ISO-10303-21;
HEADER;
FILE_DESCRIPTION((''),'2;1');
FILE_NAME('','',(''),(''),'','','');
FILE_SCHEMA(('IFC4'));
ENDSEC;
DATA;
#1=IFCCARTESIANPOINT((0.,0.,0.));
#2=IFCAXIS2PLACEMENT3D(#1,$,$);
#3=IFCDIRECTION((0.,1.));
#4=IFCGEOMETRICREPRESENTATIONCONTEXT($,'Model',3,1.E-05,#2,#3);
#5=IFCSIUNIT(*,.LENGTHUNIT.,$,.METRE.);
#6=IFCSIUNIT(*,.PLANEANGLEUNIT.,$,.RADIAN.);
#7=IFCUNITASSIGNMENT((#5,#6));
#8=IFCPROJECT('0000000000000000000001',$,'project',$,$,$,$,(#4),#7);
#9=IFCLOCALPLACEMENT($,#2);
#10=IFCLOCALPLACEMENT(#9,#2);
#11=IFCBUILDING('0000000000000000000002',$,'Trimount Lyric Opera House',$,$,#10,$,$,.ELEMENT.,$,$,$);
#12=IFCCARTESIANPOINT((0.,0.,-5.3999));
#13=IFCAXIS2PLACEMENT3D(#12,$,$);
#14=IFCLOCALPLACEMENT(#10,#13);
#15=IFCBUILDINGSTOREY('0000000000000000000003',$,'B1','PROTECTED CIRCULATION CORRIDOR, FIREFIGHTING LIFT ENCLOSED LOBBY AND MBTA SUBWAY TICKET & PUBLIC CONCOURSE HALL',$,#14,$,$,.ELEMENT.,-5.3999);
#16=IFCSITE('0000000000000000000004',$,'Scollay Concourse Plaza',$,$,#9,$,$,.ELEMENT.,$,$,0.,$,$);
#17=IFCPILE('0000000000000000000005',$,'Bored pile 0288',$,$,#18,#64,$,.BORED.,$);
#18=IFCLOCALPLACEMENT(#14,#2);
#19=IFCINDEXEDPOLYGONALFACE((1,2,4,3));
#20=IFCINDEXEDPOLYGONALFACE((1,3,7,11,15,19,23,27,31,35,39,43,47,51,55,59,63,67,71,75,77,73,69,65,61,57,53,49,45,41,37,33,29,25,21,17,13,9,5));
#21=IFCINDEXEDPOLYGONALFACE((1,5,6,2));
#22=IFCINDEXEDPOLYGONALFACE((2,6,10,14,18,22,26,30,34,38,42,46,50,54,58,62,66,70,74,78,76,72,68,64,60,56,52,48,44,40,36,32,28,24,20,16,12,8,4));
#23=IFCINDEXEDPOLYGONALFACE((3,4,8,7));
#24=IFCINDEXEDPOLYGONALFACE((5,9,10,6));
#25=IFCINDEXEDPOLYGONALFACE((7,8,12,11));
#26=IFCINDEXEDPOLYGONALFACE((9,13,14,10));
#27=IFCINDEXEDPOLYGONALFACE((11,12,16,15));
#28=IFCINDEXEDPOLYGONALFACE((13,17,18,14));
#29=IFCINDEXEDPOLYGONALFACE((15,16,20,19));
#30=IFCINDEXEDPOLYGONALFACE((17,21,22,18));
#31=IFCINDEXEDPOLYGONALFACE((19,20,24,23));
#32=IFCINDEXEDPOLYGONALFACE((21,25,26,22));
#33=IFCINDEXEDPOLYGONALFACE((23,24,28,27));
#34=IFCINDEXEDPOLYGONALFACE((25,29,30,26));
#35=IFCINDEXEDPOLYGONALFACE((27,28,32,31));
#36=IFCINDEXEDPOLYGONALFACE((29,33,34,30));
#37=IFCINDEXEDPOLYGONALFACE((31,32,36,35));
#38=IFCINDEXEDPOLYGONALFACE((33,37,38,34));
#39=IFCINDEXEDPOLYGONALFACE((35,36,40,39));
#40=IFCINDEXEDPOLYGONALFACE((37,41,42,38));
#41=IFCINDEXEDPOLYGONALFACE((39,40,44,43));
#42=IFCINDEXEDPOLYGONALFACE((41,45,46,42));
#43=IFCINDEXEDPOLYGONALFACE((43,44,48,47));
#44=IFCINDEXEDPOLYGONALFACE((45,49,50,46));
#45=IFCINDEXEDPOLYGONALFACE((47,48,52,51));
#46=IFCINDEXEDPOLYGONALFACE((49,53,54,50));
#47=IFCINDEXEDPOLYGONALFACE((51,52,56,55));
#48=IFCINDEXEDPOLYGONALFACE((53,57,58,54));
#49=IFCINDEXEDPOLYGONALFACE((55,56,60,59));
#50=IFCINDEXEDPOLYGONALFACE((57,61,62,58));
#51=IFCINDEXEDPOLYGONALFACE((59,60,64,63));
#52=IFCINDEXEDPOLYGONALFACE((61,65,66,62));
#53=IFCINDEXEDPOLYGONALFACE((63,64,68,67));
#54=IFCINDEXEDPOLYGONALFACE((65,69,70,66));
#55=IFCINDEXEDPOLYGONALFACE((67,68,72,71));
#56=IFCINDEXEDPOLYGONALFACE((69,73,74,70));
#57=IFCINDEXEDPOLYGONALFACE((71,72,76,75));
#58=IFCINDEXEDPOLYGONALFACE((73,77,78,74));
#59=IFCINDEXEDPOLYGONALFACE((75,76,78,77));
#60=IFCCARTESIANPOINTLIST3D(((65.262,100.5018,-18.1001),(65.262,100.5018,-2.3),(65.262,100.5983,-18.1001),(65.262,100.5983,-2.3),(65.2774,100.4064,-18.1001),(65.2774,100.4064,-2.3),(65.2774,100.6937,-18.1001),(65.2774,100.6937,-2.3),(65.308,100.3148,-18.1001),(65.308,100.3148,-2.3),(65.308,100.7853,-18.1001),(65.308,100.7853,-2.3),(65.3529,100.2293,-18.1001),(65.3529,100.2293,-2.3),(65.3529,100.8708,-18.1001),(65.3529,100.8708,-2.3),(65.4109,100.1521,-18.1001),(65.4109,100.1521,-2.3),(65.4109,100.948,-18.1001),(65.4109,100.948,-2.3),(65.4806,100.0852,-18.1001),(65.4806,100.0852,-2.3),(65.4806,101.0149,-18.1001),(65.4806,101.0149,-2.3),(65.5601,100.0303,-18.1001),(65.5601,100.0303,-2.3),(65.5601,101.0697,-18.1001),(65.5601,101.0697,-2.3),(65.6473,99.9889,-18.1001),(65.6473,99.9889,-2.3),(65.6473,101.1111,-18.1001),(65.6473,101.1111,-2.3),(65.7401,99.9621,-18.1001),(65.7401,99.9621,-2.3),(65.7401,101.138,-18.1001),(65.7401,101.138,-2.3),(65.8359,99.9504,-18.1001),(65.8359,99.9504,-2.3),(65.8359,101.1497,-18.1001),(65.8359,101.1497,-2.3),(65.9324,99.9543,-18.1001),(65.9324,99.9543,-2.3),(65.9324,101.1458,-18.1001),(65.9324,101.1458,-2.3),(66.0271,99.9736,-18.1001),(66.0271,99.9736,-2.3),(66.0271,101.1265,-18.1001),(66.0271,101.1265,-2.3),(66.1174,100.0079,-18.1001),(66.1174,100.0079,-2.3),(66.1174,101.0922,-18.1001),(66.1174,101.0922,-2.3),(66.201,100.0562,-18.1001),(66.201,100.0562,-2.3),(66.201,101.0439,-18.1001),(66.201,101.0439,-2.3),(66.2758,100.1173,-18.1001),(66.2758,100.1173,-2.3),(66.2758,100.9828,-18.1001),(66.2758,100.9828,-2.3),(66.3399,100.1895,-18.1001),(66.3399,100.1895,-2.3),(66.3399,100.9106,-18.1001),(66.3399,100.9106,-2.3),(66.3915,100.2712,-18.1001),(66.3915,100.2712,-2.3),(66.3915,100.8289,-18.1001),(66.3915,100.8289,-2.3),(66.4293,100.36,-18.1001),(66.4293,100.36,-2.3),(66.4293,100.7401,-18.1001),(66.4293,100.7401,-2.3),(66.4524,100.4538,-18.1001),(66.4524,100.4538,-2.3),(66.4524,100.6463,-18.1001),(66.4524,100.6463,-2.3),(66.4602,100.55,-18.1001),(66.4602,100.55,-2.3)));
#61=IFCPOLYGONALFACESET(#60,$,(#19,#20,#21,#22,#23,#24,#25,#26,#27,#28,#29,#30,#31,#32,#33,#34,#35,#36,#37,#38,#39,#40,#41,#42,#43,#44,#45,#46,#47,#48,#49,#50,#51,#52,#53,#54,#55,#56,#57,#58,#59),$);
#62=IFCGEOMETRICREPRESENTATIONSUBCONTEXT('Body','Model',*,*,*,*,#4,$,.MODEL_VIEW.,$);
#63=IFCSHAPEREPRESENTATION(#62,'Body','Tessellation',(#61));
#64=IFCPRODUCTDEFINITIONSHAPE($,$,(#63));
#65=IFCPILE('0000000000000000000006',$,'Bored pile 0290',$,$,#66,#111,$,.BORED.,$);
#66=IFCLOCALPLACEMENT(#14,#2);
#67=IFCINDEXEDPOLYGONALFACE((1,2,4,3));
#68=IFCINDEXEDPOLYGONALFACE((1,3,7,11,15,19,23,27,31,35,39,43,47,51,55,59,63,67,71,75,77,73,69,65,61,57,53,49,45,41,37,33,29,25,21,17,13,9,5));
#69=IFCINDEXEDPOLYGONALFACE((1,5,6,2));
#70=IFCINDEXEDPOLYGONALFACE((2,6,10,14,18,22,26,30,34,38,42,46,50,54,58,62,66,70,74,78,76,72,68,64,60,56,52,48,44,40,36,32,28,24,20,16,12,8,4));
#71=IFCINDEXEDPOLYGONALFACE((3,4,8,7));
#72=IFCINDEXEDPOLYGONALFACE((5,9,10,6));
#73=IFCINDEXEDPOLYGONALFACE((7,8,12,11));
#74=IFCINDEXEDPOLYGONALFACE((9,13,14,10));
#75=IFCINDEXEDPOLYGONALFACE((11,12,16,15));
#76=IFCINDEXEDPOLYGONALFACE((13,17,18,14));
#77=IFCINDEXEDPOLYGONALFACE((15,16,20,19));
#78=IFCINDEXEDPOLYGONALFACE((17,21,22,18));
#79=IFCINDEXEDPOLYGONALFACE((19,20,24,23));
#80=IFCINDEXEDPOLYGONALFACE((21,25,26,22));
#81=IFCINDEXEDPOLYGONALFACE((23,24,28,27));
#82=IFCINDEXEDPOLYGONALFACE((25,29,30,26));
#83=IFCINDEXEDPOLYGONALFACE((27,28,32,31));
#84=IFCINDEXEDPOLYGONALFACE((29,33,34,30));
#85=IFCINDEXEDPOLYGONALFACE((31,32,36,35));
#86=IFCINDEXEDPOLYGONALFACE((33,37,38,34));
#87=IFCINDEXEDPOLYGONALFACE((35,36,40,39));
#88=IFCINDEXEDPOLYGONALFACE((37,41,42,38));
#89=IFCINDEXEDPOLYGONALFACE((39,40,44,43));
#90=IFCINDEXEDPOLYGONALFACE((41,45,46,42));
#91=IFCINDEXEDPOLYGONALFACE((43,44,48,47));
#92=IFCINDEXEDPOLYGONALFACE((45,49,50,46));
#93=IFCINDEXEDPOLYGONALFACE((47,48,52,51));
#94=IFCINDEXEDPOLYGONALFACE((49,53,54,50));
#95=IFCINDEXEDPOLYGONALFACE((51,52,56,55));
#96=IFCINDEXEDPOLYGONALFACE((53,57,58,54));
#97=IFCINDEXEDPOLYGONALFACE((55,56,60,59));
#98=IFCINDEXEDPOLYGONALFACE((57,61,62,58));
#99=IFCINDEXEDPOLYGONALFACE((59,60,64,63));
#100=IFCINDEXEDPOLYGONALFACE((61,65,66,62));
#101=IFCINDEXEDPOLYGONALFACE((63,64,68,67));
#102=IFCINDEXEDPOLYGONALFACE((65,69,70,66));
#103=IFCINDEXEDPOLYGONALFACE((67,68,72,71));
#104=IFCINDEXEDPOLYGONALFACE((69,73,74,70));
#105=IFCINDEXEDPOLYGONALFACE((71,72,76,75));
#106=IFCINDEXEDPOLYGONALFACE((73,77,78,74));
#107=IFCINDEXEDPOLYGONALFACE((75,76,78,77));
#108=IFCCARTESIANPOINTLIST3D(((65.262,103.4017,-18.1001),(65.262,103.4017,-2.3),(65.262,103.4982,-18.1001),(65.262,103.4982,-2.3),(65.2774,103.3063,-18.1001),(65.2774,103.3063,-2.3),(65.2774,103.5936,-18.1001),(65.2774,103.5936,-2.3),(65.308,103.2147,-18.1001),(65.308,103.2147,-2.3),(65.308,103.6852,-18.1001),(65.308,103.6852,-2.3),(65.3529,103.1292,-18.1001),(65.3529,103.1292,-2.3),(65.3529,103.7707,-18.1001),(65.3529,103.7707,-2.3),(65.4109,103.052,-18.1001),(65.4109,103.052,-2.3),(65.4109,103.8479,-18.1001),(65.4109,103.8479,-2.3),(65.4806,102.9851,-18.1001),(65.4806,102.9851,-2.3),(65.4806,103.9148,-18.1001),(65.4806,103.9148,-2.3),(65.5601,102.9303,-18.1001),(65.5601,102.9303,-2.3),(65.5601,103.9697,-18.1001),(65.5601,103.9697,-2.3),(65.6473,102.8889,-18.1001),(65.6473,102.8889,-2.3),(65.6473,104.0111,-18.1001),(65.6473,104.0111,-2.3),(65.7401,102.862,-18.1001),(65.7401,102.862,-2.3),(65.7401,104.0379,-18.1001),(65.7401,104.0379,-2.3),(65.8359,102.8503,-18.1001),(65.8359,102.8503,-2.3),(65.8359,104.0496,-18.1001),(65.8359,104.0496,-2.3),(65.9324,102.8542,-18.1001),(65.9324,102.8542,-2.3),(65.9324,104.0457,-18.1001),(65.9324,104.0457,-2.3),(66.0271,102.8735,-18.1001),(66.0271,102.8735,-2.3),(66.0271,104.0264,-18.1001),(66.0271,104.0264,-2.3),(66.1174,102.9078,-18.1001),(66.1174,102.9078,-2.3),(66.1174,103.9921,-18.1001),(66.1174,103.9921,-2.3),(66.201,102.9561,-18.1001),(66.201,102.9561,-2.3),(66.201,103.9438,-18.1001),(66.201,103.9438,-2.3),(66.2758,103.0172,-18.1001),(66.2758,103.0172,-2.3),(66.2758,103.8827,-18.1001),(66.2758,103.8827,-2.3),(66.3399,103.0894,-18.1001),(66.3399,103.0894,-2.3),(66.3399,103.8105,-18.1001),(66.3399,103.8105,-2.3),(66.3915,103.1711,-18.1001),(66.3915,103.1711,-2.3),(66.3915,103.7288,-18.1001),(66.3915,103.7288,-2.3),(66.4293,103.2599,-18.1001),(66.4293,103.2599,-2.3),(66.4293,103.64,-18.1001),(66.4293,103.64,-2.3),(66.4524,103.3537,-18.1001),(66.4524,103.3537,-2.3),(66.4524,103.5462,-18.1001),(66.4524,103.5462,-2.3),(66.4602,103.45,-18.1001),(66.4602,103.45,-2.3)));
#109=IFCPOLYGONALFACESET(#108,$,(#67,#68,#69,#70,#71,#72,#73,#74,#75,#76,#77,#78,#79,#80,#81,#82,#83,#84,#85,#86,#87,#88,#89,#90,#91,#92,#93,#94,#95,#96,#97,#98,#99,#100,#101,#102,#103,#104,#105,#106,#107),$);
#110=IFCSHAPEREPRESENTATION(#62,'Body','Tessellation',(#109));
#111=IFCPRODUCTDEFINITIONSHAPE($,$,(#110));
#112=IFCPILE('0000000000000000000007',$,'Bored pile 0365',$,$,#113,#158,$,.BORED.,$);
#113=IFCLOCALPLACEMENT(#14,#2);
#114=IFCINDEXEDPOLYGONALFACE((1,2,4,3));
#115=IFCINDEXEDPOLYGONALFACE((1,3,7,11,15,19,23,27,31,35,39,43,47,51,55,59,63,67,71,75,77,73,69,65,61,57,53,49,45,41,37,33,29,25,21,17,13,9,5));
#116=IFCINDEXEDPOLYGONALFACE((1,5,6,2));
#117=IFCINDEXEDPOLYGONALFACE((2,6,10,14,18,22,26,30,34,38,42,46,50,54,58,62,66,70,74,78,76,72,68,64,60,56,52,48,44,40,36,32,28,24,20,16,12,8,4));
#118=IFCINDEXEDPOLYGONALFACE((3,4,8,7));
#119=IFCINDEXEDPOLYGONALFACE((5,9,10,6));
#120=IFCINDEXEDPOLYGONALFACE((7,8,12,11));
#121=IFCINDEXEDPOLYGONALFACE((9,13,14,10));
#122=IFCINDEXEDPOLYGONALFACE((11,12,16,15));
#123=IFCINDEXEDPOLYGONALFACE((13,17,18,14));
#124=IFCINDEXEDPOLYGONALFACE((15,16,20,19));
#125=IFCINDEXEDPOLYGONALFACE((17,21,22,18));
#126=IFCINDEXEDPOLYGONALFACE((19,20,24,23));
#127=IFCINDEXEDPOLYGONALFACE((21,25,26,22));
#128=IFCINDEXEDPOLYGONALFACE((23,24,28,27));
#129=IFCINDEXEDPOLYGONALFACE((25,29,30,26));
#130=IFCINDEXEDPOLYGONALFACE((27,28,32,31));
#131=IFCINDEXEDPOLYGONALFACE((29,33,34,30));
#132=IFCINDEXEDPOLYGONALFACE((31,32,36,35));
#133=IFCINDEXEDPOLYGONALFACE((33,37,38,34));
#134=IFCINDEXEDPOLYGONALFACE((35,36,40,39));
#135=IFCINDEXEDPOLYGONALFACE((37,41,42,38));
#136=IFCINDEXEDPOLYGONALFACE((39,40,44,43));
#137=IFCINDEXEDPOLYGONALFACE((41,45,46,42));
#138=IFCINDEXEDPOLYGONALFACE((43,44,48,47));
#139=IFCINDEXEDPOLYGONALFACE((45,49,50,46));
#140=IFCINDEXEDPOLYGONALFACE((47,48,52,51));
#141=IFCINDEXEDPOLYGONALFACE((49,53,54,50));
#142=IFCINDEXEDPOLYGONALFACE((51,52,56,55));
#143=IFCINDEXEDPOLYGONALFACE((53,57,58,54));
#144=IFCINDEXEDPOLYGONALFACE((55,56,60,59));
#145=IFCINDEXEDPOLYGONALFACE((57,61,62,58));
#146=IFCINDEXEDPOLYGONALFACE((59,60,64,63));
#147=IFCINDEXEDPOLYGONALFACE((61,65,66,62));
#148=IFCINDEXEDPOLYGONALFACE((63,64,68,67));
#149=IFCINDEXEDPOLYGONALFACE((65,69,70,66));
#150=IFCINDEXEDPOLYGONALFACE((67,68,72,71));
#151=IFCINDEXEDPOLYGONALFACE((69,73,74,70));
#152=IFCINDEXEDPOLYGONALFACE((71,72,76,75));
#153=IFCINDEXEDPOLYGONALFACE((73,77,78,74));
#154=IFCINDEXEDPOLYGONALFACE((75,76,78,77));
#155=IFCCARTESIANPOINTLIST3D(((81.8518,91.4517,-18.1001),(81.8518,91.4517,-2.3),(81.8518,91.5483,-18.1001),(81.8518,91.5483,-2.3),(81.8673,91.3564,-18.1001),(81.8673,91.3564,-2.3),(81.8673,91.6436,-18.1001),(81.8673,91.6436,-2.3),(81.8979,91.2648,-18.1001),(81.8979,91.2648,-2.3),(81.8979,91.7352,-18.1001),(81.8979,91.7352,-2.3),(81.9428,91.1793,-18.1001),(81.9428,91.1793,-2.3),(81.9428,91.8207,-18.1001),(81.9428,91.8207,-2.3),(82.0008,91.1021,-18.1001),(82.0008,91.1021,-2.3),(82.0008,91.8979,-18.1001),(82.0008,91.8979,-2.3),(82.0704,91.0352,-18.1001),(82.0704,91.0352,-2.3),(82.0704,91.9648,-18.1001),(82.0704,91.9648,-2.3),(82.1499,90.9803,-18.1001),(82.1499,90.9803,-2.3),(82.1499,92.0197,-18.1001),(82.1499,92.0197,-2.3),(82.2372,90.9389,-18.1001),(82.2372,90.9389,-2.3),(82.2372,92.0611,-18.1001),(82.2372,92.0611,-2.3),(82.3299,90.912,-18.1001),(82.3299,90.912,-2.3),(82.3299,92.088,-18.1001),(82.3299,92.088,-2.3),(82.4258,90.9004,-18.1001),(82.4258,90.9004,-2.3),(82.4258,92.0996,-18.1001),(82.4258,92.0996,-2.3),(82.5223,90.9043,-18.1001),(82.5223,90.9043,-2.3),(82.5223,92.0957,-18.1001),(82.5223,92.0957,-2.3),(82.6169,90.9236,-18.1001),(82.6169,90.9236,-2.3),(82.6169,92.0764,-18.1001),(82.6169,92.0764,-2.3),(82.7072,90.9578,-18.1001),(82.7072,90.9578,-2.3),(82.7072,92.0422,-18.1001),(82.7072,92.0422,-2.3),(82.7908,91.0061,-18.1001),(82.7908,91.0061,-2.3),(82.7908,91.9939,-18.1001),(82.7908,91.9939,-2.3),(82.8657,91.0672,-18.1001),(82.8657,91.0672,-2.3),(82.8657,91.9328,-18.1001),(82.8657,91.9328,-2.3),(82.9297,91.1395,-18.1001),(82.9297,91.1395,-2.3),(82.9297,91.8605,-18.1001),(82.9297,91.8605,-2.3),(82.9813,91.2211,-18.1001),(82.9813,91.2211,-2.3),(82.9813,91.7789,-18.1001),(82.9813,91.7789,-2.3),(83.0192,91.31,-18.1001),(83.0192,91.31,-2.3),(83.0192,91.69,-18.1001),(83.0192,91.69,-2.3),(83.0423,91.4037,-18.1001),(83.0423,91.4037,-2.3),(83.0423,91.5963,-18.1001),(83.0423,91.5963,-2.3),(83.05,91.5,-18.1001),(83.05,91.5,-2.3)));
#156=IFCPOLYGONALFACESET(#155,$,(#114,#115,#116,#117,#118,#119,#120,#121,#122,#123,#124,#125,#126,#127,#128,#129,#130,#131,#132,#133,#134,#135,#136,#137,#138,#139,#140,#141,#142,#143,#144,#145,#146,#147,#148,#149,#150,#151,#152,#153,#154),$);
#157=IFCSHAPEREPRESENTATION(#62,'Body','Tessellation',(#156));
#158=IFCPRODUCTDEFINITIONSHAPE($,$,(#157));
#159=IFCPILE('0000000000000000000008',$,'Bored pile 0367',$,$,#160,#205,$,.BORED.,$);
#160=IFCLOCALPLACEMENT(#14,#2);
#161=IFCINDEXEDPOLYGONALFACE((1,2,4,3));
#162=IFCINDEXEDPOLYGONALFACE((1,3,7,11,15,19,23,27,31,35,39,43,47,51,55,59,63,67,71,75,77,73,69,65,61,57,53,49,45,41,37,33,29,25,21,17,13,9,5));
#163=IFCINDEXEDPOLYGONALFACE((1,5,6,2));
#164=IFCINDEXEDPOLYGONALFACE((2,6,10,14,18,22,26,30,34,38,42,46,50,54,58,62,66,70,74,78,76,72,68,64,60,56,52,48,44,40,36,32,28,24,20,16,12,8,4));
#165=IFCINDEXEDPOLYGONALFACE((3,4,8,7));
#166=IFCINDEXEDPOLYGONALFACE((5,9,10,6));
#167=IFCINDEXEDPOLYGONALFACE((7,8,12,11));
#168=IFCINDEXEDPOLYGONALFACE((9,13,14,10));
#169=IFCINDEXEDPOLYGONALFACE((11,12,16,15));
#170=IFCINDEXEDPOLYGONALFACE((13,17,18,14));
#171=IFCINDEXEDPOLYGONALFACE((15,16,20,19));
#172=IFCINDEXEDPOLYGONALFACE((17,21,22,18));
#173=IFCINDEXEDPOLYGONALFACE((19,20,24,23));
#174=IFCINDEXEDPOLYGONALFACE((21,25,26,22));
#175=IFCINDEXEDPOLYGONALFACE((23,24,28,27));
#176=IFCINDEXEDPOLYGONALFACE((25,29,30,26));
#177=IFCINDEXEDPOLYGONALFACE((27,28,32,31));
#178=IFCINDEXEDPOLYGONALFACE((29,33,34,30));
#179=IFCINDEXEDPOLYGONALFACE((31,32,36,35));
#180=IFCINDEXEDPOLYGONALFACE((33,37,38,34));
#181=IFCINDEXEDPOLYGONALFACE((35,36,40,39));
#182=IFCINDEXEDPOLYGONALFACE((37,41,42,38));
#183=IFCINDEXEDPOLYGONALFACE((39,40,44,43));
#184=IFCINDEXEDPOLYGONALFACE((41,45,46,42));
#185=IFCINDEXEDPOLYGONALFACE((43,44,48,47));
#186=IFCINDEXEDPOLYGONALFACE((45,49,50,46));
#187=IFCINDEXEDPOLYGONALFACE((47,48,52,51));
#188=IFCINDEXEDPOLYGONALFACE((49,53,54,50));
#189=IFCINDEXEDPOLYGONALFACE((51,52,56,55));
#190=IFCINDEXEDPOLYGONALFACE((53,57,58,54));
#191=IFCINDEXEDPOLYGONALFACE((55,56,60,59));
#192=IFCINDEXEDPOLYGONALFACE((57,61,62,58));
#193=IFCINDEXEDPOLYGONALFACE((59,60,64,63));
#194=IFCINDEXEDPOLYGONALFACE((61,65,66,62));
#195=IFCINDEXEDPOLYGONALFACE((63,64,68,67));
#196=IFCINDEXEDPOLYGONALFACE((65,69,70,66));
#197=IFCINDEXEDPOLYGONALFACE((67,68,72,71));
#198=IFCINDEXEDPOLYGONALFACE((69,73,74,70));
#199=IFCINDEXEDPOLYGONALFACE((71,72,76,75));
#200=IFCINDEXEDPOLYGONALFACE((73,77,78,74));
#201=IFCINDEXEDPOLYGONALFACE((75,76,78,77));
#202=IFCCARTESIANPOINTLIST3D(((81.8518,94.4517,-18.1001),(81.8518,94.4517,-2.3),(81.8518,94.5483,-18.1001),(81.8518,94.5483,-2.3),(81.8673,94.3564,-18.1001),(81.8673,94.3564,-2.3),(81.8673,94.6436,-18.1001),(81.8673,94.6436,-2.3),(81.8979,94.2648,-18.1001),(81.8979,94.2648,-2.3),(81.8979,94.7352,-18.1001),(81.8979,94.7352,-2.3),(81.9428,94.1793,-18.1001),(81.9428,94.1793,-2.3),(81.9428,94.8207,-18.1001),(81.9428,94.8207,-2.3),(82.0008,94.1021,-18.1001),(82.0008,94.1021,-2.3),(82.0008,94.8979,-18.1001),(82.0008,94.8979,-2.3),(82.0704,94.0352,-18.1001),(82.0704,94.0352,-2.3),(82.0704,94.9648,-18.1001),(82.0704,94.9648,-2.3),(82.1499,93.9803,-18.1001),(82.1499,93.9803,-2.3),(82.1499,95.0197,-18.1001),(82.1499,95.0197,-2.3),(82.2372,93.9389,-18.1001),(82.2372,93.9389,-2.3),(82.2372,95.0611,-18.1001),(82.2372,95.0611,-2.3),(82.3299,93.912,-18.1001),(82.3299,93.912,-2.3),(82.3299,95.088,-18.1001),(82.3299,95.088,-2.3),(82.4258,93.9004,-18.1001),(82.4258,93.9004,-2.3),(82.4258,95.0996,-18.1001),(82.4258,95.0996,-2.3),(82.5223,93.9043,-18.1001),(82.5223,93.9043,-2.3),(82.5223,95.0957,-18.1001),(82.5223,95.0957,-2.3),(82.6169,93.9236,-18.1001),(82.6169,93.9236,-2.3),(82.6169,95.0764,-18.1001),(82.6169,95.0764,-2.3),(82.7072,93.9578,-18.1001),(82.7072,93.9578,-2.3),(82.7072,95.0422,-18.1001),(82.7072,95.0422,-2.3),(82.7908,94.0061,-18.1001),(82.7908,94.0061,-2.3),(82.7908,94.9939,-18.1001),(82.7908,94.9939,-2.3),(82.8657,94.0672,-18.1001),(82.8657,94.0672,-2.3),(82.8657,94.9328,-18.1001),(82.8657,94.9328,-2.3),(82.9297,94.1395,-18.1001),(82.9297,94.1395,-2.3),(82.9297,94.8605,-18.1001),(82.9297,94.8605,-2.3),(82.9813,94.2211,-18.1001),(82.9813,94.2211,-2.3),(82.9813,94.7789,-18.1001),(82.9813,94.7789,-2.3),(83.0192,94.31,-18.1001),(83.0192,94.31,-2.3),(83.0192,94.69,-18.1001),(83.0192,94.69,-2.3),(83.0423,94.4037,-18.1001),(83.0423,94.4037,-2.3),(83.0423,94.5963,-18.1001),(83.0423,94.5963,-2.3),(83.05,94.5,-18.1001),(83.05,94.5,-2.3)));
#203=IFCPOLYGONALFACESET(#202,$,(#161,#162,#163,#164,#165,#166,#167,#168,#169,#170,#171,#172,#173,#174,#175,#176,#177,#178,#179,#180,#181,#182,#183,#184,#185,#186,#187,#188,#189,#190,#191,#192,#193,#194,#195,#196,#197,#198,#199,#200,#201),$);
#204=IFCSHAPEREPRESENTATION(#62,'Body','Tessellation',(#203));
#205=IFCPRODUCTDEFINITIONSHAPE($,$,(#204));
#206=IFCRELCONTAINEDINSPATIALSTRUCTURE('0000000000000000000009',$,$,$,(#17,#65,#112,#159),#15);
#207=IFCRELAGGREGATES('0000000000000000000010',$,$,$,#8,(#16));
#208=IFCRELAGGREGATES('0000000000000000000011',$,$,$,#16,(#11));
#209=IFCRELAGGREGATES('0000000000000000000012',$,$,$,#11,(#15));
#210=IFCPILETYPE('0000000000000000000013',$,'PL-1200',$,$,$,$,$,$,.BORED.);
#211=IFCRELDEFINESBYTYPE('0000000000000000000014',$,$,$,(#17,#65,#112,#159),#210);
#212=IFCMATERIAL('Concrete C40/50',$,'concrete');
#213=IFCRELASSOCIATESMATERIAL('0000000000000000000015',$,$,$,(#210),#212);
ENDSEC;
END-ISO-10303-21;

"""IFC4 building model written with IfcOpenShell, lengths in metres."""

from ifc_helpers import new_model, si_unit, direction, frame, origin, origin_2d, place, context, subcontext, project, spatial, circle, extrude, material, material_profile, profile_set, type_object, element, save


model = new_model("IFC4")

# Units and contexts
model_context = context("Model", 3, precision=1e-05, world=origin(), true_north=direction((0.0, 1.0)))
body_context = subcontext(model_context, "Body", "Model", "MODEL_VIEW")
ifc_project = project(units=[si_unit("LENGTHUNIT", "METRE"), si_unit("PLANEANGLEUNIT", "RADIAN")], contexts=[model_context])

# Site, building, storey
site_placement = place(None, origin())
site = spatial("IfcSite", under=ifc_project, at=site_placement, Name="Scollay Concourse Plaza", CompositionType="ELEMENT", RefElevation=0.0)
building_placement = place(site_placement, origin())
building = spatial("IfcBuilding", under=site, at=building_placement, Name="Trimount Lyric Opera House", CompositionType="ELEMENT")
storey_placement = place(building_placement, frame((0.0, 0.0, -5.3999)))
storey = spatial("IfcBuildingStorey", under=building, at=storey_placement, Name="B1", Description="PROTECTED CIRCULATION CORRIDOR, FIREFIGHTING LIFT ENCLOSED LOBBY AND MBTA SUBWAY TICKET & PUBLIC CONCOURSE HALL", CompositionType="ELEMENT", Elevation=-5.3999)

# Piles
ifc_material_1 = material(Name="Concrete C40/50", Category="concrete")
ifc_material_profile_1 = material_profile(ifc_material_1, circle(Radius=0.6001, at=origin_2d()), Name="PILE-D1200")
ifc_profile_set_1 = profile_set([ifc_material_profile_1], Name="Concrete C40/50")
pile_type_1 = type_object("IfcPileType", Name="PL-1200", PredefinedType="BORED", material=ifc_profile_set_1)
for number, where, z_axis, x_axis, name in (
    (1, (65.8601, 100.55, -2.3), (0.0, 0.0, -1.0), (1.0, 0.0, 0.0), "Bored pile 0288"),
    (2, (65.8601, 103.45, -2.3), (0.0, 0.0, -1.0), (1.0, 0.0, 0.0), "Bored pile 0290"),
    (3, (82.45, 91.5, -2.3), (0.0, 0.0, -1.0), (1.0, 0.0, 0.0), "Bored pile 0365"),
    (4, (82.45, 94.5, -2.3), (0.0, 0.0, -1.0), (1.0, 0.0, 0.0), "Bored pile 0367"),
):
    element("IfcPile", number, at=place(storey_placement, frame(where, z_axis=z_axis, x_axis=x_axis)), inside=storey, type_object=pile_type_1, Name=name, PredefinedType="BORED", context=body_context, shape_type="SweptSolid", body=[
        extrude(circle(Radius=0.6001, at=origin_2d()), origin(), (0.0, 0.0, 1.0), 15.8),
    ])

save(model, "model.ifc")
